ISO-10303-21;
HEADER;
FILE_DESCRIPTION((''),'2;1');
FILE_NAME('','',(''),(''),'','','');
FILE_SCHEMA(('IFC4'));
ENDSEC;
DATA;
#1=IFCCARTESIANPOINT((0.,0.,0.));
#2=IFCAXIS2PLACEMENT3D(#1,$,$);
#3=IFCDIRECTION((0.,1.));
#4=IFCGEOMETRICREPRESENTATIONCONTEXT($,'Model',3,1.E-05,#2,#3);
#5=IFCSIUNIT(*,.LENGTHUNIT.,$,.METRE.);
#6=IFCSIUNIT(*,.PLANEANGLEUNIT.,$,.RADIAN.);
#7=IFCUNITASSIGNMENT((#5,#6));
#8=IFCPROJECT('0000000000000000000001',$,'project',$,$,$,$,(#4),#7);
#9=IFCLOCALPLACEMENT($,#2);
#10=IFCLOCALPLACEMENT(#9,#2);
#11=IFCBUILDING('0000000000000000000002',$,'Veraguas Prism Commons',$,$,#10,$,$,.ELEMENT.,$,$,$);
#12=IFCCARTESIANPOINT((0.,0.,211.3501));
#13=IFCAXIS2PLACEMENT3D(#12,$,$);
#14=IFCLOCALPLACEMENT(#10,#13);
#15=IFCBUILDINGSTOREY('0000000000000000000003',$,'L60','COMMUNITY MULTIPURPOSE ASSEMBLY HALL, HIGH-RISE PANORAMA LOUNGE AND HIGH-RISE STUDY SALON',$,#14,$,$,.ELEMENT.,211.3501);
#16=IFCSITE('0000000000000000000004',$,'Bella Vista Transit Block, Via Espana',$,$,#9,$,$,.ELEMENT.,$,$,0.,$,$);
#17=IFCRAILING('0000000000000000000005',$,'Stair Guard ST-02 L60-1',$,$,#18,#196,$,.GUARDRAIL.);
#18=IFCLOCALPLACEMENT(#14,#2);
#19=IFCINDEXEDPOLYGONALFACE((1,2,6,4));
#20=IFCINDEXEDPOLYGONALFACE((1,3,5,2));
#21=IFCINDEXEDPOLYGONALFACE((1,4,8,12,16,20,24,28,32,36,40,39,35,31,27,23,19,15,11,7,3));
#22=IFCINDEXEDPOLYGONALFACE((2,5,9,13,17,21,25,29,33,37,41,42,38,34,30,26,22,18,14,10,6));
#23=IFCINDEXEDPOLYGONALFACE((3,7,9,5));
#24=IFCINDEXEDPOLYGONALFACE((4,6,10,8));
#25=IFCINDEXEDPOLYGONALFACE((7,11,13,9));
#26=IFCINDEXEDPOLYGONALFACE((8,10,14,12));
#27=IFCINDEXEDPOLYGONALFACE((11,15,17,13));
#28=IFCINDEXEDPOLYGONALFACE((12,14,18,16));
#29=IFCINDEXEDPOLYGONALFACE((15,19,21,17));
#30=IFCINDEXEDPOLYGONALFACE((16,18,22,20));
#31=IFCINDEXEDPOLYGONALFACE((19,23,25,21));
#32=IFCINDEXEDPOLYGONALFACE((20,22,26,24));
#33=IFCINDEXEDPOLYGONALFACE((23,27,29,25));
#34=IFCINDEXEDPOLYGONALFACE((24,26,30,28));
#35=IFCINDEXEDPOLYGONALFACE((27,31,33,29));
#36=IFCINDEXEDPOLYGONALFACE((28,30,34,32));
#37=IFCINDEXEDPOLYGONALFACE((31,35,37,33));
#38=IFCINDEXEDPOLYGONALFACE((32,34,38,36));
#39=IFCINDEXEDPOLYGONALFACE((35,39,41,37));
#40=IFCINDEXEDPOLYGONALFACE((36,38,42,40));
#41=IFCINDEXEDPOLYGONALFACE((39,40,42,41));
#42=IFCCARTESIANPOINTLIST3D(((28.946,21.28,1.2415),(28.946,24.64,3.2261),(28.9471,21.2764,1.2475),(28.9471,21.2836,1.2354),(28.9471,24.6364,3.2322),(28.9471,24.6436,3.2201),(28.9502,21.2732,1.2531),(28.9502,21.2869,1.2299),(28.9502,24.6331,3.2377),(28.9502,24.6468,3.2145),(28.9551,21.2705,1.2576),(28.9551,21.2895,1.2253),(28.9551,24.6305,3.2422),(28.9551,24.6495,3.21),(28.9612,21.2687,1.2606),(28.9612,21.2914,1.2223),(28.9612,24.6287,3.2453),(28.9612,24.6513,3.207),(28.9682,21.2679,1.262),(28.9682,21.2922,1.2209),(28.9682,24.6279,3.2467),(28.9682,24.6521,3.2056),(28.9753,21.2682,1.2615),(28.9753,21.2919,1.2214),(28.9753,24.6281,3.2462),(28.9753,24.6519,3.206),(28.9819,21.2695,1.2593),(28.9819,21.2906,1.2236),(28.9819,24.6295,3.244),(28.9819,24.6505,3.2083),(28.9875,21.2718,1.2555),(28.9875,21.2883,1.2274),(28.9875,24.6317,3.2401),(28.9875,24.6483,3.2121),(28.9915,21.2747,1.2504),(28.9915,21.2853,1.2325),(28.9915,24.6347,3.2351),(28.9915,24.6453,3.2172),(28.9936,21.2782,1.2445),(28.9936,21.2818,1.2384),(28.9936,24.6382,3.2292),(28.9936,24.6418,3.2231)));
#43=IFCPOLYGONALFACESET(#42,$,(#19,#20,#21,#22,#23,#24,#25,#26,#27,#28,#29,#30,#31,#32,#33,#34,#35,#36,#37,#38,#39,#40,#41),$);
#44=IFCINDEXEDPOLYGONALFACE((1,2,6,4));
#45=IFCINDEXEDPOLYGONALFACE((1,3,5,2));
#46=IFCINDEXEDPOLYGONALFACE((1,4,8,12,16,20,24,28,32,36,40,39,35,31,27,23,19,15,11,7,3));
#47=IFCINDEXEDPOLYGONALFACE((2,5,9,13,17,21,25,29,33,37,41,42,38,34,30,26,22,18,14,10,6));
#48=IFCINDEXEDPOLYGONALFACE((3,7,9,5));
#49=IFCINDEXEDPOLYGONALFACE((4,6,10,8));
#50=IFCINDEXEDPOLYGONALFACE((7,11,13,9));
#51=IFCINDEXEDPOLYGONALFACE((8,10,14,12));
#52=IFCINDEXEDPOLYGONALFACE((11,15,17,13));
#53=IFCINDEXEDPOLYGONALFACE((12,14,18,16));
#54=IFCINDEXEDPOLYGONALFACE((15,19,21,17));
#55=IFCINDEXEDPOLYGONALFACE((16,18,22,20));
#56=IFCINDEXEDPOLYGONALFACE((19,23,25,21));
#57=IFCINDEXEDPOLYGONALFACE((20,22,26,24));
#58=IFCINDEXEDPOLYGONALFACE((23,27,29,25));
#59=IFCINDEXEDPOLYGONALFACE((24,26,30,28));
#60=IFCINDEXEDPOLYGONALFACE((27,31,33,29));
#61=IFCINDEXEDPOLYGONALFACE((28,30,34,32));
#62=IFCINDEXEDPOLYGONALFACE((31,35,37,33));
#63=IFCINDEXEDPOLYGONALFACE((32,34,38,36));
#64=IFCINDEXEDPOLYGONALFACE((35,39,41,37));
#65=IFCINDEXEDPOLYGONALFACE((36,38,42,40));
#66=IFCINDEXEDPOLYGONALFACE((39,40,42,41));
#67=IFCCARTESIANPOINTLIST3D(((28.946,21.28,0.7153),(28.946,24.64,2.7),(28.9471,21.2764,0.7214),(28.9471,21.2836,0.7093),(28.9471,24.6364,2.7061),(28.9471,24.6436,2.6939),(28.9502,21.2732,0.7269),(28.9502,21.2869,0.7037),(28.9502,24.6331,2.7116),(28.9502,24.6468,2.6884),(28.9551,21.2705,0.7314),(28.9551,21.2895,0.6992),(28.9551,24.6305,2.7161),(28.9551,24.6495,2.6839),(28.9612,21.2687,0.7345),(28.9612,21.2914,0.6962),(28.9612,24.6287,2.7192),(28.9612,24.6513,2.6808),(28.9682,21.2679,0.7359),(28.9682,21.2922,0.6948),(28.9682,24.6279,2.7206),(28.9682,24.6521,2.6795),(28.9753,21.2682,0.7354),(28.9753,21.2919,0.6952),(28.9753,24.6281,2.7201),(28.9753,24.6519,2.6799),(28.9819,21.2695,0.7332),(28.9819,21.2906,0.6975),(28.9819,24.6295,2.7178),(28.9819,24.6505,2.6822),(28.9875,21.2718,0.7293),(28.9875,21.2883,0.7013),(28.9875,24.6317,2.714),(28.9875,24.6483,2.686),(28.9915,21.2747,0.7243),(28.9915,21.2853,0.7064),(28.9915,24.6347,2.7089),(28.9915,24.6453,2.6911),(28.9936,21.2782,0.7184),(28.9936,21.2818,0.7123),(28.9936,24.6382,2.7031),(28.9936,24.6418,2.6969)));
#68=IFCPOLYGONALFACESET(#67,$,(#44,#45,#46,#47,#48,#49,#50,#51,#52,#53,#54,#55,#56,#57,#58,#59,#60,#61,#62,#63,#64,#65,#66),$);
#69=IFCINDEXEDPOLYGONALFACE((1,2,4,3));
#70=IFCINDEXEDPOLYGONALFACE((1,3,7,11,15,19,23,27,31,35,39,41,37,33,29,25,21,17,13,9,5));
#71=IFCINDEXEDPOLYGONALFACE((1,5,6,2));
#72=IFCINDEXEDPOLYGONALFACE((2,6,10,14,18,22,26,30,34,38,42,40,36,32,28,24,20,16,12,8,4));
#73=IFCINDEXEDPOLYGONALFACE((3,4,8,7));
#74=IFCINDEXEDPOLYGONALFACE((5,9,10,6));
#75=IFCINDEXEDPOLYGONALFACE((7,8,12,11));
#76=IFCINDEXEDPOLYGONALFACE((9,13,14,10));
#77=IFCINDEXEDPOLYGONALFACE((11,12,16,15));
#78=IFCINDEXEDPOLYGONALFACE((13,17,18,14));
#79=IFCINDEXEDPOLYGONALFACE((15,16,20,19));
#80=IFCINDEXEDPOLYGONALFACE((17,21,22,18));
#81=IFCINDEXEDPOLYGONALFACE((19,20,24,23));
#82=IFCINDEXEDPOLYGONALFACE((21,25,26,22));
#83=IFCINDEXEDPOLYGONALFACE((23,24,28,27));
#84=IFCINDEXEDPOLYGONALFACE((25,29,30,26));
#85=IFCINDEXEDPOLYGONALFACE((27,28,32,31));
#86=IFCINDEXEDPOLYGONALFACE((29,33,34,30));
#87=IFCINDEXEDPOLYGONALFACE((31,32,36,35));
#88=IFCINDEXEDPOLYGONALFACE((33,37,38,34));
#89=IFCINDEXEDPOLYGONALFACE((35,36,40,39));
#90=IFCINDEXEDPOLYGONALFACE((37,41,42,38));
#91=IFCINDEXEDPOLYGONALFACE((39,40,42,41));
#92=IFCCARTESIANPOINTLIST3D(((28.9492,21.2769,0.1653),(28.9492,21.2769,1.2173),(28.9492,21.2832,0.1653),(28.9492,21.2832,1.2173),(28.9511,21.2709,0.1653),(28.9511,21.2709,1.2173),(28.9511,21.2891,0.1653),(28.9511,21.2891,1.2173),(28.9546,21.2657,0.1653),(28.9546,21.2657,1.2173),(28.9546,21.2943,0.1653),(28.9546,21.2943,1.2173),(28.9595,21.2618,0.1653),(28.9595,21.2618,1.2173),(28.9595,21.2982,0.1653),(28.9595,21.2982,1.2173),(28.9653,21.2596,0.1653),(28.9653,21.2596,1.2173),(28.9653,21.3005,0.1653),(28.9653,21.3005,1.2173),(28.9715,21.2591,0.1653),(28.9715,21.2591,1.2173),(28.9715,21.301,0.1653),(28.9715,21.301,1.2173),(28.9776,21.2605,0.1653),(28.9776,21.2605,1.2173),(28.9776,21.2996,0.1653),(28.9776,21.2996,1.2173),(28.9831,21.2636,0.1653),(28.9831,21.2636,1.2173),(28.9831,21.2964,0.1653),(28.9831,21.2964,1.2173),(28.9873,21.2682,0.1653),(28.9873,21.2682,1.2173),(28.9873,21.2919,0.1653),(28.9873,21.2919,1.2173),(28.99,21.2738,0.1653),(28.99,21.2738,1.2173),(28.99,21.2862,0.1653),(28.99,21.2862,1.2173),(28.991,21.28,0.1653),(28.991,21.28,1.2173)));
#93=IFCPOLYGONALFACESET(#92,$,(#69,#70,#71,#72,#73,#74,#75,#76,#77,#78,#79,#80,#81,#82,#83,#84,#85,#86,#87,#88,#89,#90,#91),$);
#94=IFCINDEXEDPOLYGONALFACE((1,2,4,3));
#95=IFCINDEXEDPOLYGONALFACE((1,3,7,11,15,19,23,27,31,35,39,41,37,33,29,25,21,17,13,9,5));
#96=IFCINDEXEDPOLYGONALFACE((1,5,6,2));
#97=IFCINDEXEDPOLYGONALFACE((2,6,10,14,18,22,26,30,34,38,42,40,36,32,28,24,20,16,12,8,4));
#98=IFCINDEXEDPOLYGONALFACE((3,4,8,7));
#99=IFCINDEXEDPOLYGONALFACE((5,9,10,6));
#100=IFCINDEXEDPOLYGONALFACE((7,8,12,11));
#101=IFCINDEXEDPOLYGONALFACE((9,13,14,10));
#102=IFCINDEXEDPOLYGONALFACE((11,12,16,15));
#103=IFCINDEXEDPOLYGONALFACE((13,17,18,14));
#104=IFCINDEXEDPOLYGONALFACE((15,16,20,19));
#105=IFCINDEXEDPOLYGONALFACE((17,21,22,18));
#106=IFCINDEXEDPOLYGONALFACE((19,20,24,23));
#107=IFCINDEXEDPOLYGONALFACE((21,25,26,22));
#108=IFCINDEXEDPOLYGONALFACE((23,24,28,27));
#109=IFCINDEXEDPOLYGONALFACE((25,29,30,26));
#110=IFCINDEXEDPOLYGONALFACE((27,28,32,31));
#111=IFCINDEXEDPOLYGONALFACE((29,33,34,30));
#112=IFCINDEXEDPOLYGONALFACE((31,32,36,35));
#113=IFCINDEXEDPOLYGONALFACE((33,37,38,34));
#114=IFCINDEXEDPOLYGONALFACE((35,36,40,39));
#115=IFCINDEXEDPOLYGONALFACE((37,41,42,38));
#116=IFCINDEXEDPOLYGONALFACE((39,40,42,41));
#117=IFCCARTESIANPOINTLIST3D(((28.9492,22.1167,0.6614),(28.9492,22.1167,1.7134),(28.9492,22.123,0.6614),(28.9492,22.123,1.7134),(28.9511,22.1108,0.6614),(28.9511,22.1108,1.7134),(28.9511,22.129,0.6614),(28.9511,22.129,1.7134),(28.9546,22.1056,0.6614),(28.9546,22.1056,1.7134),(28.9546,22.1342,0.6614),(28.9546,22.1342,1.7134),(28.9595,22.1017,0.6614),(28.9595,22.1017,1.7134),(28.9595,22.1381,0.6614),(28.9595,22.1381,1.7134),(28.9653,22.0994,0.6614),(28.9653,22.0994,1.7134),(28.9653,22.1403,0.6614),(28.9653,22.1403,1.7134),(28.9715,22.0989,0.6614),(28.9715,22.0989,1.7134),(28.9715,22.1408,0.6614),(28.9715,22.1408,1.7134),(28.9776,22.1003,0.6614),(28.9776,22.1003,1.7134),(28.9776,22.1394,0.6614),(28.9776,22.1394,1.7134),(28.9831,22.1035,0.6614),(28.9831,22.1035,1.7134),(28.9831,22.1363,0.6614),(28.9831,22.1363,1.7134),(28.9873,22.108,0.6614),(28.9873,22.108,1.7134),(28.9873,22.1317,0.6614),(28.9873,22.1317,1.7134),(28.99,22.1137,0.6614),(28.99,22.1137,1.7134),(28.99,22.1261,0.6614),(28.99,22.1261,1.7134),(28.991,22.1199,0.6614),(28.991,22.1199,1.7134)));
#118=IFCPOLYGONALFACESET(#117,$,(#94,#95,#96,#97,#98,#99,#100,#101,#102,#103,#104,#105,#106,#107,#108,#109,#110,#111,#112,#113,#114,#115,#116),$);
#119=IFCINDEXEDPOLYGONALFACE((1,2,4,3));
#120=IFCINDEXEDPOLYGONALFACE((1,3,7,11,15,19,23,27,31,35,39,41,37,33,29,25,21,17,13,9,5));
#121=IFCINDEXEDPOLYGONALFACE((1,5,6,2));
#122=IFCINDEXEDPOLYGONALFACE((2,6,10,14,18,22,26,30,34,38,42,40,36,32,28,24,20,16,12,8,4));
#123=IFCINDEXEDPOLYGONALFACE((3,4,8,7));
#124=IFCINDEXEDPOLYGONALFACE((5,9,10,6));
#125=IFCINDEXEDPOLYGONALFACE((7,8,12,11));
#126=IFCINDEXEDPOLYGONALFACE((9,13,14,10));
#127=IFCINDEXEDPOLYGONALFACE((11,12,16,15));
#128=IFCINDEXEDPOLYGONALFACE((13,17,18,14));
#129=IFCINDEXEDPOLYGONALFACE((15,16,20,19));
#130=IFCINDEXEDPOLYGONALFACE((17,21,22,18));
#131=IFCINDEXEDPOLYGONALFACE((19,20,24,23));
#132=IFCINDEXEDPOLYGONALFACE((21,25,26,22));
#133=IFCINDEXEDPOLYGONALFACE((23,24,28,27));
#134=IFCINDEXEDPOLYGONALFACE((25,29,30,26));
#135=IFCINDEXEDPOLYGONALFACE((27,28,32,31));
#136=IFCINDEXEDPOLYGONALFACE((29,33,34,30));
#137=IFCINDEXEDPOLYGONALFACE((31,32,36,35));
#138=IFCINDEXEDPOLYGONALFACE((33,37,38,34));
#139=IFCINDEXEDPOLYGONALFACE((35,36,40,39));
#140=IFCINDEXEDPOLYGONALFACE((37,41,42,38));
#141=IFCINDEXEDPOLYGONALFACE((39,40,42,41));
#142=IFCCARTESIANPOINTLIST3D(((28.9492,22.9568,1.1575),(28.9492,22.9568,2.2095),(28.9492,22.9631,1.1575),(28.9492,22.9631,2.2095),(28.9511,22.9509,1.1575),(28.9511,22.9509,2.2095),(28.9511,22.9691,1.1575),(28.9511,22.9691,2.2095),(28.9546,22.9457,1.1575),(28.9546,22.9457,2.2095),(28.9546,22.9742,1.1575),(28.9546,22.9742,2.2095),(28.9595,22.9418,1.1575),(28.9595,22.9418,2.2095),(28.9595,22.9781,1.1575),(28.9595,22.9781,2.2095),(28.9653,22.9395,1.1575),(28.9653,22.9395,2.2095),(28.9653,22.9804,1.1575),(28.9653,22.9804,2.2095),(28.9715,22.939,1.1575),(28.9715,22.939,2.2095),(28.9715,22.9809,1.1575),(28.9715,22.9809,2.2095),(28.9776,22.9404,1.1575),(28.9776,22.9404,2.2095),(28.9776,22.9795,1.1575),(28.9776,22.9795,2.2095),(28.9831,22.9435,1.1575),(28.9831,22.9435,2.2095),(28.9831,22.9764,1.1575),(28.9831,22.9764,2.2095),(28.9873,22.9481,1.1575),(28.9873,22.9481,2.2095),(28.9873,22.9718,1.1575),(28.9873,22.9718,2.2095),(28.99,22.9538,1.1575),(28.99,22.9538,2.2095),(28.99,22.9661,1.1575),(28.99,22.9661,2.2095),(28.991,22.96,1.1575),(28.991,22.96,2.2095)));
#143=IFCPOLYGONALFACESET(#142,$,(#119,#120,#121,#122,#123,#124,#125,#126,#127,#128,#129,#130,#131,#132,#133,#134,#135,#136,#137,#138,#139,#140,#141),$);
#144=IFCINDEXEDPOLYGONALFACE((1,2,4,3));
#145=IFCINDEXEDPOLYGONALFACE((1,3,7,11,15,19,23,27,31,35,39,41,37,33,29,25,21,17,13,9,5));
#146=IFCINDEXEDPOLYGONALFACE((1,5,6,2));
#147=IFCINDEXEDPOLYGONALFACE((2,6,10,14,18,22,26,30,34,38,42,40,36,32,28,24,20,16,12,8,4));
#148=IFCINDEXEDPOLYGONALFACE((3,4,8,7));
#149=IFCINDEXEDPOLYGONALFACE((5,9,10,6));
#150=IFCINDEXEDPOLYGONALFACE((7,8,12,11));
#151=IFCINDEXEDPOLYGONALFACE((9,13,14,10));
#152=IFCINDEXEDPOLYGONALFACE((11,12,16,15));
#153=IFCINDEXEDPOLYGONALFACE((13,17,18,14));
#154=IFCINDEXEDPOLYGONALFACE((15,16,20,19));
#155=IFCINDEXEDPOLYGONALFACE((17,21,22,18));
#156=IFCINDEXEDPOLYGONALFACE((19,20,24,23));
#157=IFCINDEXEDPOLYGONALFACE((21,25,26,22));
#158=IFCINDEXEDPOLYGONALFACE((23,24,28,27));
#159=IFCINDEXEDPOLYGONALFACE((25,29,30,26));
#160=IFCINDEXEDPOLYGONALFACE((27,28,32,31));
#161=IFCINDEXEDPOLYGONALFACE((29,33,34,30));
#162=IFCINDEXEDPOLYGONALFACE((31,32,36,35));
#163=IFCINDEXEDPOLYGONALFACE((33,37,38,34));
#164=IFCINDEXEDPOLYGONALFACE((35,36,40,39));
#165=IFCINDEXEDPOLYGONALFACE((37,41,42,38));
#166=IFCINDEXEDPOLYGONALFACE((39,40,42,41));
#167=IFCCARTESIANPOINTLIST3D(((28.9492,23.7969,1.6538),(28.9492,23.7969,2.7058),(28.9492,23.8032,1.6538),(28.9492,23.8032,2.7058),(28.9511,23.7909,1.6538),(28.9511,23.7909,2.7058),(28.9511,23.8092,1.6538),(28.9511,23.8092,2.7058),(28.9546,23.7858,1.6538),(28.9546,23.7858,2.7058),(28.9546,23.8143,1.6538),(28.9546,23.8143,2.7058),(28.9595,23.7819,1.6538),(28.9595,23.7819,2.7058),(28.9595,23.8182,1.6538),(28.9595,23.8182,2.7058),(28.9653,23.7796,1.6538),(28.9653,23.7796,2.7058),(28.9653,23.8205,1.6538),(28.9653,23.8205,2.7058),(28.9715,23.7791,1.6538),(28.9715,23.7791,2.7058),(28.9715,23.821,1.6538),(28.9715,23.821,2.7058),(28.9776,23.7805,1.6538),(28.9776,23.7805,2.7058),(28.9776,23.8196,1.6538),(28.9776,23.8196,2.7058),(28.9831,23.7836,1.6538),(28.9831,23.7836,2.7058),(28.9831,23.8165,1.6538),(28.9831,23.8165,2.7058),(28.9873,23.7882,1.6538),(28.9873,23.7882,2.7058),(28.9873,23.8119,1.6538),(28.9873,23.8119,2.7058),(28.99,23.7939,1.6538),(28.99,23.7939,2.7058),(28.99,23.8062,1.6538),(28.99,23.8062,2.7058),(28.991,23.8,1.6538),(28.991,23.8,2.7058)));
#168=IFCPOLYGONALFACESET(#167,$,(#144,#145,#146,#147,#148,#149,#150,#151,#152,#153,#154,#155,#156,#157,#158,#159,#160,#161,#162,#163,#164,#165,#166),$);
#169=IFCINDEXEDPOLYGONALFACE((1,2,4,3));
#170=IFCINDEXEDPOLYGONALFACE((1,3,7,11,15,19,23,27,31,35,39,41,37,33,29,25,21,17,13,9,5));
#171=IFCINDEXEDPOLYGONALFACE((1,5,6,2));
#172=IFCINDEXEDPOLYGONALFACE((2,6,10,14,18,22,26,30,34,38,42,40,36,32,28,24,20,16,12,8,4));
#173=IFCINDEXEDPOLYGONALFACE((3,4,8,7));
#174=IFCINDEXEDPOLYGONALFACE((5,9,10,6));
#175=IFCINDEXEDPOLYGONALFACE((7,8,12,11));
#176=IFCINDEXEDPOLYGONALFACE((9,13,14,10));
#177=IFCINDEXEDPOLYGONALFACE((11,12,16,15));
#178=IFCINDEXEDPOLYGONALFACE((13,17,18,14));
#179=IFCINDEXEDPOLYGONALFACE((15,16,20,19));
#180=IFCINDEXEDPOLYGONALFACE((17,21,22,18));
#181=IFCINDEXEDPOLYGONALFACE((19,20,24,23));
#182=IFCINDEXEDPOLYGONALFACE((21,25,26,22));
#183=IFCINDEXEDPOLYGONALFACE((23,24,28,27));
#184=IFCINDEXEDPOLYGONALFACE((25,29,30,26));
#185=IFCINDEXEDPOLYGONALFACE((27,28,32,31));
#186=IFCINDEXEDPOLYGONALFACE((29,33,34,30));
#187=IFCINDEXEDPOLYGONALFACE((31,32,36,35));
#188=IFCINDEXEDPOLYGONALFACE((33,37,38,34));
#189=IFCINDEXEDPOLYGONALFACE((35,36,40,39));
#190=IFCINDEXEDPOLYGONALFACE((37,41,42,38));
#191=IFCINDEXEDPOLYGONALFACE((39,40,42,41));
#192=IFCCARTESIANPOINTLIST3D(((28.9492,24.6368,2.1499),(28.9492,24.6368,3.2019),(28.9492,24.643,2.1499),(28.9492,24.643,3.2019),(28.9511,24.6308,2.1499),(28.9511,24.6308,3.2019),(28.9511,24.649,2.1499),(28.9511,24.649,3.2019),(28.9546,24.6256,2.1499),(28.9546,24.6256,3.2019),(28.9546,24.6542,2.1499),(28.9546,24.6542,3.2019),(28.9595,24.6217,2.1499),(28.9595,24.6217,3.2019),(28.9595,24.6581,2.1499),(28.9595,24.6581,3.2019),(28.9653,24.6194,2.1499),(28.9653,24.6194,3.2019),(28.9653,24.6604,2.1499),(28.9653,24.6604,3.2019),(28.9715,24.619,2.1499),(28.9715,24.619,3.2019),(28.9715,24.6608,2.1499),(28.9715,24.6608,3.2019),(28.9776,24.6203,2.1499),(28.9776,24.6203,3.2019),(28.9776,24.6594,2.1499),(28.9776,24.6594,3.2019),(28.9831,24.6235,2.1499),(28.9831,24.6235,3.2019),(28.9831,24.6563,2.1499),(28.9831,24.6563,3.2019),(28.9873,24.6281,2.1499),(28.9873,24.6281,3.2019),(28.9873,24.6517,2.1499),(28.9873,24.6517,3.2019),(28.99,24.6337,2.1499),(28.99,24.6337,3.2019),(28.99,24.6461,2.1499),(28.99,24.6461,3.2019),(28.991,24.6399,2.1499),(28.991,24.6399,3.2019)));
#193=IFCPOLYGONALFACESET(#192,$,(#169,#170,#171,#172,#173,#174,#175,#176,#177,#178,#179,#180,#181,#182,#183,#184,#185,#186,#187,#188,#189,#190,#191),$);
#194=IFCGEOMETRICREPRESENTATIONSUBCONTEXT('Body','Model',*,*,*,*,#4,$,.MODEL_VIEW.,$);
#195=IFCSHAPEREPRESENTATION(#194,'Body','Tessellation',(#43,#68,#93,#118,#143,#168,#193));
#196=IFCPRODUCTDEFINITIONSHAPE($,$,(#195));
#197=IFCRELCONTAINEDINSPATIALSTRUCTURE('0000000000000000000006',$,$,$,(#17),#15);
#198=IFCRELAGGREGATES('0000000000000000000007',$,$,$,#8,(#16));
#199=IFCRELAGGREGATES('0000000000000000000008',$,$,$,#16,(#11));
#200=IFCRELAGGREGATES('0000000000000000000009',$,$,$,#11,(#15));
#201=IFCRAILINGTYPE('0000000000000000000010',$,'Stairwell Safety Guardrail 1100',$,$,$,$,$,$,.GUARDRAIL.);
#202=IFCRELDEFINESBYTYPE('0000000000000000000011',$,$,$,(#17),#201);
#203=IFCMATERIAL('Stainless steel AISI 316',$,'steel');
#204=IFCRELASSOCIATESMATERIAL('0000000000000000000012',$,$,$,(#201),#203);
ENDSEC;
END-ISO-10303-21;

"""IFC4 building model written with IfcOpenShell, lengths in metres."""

from ifc_helpers import new_model, si_unit, direction, frame, origin, origin_2d, place, context, subcontext, project, spatial, circle, extrude, material, type_object, element, save


model = new_model("IFC4")

# Units and contexts
model_context = context("Model", 3, precision=1e-05, world=origin(), true_north=direction((0.0, 1.0)))
body_context = subcontext(model_context, "Body", "Model", "MODEL_VIEW")
ifc_project = project(units=[si_unit("LENGTHUNIT", "METRE"), si_unit("PLANEANGLEUNIT", "RADIAN")], contexts=[model_context])

# Site, building, storey
site_placement = place(None, origin())
site = spatial("IfcSite", under=ifc_project, at=site_placement, Name="Bella Vista Transit Block, Via Espana", CompositionType="ELEMENT", RefElevation=0.0)
building_placement = place(site_placement, origin())
building = spatial("IfcBuilding", under=site, at=building_placement, Name="Veraguas Prism Commons", CompositionType="ELEMENT")
storey_placement = place(building_placement, frame((0.0, 0.0, 211.3501)))
storey = spatial("IfcBuildingStorey", under=building, at=storey_placement, Name="L60", Description="COMMUNITY MULTIPURPOSE ASSEMBLY HALL, HIGH-RISE PANORAMA LOUNGE AND HIGH-RISE STUDY SALON", CompositionType="ELEMENT", Elevation=211.3501)

# Railing
ifc_material_1 = material(Name="Stainless steel AISI 316", Category="steel")
railing_type_1 = type_object("IfcRailingType", Name="Stairwell Safety Guardrail 1100", PredefinedType="GUARDRAIL", material=ifc_material_1)
railing_1_placement = place(storey_placement, frame((28.97, 21.28, 0.1653)))
element("IfcRailing", 1, at=railing_1_placement, inside=storey, type_object=railing_type_1, Name="Stair Guard ST-02 L60-1", PredefinedType="GUARDRAIL", context=body_context, shape_type="SweptSolid", body=[
    extrude(circle(Radius=0.0239, at=origin_2d()), frame((0.0, 0.0, 1.0762), z_axis=(0.0, 0.861011, 0.508586), x_axis=(-1.0, 0.0, 0.0)), (0.0, 0.0, 1.0), 3.9023),
    extrude(circle(Radius=0.0239, at=origin_2d()), frame((0.0, 0.0, 0.55), z_axis=(0.0, 0.861011, 0.508586), x_axis=(-1.0, 0.0, 0.0)), (0.0, 0.0, 1.0), 3.9023),
    extrude(circle(Radius=0.021, at=origin_2d()), origin(), (0.0, 0.0, 1.0), 1.052),
    extrude(circle(Radius=0.021, at=origin_2d()), frame((0.0, 0.8398, 0.4961)), (0.0, 0.0, 1.0), 1.052),
    extrude(circle(Radius=0.021, at=origin_2d()), frame((0.0, 1.6799, 0.9922)), (0.0, 0.0, 1.0), 1.052),
    extrude(circle(Radius=0.021, at=origin_2d()), frame((0.0, 2.52, 1.4885)), (0.0, 0.0, 1.0), 1.052),
    extrude(circle(Radius=0.021, at=origin_2d()), frame((0.0, 3.3599, 1.9846)), (0.0, 0.0, 1.0), 1.052),
])

save(model, "model.ifc")
